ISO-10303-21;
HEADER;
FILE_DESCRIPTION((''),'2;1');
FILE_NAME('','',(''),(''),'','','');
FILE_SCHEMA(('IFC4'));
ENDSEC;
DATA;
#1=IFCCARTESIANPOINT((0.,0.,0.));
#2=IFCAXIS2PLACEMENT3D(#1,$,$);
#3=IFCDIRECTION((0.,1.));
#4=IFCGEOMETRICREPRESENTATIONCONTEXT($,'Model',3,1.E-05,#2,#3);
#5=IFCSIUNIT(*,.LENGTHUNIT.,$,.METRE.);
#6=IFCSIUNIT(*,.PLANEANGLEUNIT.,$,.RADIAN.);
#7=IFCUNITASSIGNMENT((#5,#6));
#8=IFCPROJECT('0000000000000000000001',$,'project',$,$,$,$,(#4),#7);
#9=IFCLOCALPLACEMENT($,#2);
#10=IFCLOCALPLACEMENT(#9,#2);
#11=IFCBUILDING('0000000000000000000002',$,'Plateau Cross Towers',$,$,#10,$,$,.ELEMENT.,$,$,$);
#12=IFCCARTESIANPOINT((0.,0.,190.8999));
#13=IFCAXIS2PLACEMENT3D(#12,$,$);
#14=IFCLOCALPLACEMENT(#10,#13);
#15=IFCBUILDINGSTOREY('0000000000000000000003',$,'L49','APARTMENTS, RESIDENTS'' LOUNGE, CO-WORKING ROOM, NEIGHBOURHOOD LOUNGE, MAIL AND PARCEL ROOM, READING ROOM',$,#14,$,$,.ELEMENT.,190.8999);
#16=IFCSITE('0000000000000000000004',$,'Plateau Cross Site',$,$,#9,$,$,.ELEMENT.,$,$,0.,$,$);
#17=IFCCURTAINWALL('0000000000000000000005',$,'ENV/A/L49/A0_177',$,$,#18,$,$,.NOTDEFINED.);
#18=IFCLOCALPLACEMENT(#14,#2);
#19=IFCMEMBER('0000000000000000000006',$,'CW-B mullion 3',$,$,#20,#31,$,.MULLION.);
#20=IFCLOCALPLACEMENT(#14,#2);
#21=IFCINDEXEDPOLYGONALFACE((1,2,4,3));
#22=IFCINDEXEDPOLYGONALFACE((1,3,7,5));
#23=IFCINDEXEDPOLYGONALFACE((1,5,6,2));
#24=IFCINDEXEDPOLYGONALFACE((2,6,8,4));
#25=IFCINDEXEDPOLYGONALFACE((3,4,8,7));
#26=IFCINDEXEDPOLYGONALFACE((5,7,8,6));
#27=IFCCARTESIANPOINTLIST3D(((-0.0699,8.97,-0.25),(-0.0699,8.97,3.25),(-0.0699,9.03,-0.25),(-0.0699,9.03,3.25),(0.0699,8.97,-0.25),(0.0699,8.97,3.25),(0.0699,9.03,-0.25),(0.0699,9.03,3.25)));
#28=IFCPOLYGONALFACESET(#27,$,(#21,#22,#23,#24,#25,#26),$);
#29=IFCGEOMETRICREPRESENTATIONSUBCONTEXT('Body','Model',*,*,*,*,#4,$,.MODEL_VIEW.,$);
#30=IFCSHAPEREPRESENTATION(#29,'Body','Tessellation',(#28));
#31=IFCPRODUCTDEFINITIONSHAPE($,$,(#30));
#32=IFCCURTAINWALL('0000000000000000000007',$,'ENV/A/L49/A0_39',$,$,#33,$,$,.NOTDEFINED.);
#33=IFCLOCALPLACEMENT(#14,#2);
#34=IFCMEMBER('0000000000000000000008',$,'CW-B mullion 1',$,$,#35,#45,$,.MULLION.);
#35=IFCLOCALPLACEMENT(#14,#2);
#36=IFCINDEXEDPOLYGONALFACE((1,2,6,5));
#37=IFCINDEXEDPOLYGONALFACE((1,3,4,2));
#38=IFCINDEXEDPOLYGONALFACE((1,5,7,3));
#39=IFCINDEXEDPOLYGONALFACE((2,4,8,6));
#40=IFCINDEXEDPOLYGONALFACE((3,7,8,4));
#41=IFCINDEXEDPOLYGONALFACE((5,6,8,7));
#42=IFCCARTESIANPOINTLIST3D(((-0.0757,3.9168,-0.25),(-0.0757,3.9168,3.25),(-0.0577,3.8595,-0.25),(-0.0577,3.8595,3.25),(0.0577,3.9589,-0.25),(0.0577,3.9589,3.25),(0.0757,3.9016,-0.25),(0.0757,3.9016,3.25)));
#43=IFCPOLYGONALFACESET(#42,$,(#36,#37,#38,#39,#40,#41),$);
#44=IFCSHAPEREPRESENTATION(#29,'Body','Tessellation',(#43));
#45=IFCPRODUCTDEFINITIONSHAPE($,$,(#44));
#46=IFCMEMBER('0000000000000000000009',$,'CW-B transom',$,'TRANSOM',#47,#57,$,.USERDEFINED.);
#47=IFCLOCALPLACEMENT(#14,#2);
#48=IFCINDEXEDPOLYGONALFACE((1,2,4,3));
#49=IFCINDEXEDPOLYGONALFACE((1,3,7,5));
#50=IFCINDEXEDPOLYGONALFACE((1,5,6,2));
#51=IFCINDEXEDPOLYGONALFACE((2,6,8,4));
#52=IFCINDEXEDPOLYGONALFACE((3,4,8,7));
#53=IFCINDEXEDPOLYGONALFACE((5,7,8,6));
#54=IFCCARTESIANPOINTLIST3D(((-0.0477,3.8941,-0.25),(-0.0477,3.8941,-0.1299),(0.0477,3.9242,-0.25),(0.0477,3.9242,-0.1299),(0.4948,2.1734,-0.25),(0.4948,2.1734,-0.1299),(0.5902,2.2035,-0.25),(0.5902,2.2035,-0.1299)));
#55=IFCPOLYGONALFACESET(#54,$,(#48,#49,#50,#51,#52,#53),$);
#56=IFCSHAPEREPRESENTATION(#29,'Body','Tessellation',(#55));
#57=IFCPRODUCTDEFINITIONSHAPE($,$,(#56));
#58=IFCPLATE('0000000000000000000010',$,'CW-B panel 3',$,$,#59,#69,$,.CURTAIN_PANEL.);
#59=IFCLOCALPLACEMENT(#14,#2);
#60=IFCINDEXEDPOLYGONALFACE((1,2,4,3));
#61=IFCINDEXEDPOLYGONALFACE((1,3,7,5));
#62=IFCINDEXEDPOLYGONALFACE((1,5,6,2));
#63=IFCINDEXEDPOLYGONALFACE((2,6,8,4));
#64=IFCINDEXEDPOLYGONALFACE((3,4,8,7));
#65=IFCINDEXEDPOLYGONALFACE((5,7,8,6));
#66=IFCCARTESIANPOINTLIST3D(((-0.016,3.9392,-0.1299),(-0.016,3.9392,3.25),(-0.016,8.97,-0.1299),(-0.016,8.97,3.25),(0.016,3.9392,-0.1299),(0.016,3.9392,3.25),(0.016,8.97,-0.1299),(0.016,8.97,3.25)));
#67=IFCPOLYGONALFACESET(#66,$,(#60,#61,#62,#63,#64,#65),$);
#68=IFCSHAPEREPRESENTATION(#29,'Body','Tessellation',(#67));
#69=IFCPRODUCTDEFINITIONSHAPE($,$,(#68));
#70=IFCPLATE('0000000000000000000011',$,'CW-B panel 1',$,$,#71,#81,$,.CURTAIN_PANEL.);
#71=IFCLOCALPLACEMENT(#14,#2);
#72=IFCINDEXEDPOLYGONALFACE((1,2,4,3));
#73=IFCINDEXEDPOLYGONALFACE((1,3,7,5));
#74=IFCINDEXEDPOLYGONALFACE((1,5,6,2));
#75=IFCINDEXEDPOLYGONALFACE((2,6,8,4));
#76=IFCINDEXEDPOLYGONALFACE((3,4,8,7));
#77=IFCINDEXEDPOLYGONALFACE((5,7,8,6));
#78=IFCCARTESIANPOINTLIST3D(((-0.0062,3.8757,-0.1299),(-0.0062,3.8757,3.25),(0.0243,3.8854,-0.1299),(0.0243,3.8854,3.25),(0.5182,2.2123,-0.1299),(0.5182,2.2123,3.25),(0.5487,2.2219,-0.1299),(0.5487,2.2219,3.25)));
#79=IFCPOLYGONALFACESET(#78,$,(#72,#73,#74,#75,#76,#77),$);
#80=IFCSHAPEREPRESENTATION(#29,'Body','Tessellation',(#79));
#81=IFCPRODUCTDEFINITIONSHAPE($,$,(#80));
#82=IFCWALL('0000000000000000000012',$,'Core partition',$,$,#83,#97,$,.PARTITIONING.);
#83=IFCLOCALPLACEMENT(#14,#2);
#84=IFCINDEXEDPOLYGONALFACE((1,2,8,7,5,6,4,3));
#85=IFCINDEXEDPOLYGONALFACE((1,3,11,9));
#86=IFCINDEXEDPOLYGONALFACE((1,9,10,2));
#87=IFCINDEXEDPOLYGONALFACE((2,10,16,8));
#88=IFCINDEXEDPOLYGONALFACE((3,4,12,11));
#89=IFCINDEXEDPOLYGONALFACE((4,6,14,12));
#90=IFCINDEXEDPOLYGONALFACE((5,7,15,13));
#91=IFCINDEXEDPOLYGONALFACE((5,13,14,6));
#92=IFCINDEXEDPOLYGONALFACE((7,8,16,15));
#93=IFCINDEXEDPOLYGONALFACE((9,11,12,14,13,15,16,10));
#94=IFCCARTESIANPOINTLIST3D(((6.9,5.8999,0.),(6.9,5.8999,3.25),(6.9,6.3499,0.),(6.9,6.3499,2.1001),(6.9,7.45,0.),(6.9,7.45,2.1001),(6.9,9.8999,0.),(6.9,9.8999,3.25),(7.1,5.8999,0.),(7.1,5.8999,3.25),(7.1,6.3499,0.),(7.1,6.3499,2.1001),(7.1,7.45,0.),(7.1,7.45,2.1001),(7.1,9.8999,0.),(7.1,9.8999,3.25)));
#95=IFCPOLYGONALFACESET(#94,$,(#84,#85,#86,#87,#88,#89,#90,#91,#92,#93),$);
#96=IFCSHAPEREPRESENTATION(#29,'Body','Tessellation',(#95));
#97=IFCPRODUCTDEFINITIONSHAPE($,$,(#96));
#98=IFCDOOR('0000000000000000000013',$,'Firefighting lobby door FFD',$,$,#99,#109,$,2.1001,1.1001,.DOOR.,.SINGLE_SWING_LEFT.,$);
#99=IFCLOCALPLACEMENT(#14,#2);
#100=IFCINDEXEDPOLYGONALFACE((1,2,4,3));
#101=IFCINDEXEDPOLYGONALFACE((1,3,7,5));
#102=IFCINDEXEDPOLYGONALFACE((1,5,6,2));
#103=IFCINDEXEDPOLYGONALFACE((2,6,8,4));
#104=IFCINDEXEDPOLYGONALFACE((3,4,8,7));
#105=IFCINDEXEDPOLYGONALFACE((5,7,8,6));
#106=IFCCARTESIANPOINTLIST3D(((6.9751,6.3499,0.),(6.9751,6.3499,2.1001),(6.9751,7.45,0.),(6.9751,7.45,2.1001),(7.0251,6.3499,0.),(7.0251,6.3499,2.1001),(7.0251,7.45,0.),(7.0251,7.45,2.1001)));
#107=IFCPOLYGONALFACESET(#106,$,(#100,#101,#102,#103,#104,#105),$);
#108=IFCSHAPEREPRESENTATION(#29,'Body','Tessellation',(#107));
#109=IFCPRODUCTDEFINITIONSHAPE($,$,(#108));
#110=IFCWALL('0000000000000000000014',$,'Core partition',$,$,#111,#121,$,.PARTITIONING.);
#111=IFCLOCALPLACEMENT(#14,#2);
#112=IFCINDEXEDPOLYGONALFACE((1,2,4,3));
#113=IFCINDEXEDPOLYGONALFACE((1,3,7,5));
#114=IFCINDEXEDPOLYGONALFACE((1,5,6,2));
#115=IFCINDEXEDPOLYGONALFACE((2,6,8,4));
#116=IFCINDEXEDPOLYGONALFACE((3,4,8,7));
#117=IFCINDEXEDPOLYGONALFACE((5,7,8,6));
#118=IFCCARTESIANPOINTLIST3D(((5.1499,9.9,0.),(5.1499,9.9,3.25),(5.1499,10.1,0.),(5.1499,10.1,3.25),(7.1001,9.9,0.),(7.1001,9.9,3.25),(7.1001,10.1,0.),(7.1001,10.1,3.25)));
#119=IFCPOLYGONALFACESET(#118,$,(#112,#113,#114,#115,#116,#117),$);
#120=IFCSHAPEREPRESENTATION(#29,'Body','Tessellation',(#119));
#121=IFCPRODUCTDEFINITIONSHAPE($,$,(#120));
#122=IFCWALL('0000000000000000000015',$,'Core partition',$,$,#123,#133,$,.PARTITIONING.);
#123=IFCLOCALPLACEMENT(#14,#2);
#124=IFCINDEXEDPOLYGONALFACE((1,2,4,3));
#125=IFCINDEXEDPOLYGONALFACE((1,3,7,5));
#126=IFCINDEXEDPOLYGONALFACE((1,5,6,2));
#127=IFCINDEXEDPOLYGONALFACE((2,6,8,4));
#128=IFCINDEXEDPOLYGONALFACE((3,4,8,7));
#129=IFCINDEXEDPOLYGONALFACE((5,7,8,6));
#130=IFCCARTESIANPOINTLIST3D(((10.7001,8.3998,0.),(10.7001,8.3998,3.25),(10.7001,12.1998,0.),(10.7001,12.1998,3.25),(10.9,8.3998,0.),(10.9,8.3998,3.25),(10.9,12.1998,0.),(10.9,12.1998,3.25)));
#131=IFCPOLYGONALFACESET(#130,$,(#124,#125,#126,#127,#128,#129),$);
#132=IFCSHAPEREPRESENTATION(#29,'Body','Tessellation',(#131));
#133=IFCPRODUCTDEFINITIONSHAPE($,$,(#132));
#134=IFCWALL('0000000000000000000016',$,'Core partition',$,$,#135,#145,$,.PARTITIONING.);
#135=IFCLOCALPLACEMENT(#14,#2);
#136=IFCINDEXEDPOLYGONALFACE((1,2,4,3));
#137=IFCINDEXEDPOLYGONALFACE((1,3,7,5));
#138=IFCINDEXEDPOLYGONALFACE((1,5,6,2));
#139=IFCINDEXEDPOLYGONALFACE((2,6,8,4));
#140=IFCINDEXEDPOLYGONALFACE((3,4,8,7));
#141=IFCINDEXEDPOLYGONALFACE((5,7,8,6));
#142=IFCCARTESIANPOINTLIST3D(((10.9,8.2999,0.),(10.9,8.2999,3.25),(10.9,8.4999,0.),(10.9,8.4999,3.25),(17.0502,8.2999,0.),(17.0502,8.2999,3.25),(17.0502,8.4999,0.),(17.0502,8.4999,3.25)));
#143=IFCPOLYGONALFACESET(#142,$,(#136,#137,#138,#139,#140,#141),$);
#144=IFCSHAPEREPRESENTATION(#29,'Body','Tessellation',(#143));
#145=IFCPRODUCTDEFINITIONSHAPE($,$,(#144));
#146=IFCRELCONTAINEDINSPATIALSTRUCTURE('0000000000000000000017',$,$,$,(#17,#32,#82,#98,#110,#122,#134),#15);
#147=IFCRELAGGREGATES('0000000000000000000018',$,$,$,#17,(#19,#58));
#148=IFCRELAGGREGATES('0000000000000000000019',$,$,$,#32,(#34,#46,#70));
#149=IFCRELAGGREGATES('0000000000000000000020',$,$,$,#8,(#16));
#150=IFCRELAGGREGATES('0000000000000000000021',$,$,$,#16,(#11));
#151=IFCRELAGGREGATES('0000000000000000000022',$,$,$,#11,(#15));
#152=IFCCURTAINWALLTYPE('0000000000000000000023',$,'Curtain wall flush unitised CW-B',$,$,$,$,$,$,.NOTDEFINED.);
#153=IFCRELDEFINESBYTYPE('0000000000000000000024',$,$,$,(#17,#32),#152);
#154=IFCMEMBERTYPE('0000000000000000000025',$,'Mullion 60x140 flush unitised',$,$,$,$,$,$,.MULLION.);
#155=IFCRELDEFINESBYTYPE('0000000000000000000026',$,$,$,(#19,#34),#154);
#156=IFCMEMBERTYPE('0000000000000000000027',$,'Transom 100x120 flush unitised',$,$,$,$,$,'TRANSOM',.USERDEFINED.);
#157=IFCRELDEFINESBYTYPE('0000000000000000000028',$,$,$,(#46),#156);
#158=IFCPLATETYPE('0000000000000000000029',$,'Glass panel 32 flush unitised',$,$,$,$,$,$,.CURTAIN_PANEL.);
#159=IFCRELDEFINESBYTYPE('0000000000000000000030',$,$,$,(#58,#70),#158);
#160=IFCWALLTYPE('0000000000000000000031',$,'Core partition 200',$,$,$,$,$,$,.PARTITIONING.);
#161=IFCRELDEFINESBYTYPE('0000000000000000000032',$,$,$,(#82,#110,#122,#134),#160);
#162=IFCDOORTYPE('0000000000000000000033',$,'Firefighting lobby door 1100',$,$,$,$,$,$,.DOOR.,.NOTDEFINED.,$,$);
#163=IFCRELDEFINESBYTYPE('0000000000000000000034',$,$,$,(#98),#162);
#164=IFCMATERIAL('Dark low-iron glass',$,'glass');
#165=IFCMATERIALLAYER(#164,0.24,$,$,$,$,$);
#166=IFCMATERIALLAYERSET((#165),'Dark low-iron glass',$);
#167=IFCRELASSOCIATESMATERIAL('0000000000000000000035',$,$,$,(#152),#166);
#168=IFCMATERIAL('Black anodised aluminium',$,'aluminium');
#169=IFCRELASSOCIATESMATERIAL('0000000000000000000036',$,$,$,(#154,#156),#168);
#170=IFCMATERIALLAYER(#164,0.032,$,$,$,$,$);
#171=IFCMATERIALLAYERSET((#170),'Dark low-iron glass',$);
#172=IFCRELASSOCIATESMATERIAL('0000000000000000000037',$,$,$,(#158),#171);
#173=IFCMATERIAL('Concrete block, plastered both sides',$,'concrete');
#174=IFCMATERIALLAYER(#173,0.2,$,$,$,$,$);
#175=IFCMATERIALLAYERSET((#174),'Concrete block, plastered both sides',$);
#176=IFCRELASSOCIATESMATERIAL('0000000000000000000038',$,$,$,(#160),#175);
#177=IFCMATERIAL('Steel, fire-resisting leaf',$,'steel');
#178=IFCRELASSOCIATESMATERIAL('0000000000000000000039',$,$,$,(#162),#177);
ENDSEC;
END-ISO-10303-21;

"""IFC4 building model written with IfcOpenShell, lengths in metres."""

from ifc_helpers import new_model, si_unit, direction, frame, frame_2d, origin, origin_2d, place, context, subcontext, project, spatial, rectangle, extrude, material, layer, layer_set, material_profile, profile_set, type_object, element, fill, aggregate, save


model = new_model("IFC4")

# Units and contexts
model_context = context("Model", 3, precision=1e-05, world=origin(), true_north=direction((0.0, 1.0)))
body_context = subcontext(model_context, "Body", "Model", "MODEL_VIEW")
ifc_project = project(units=[si_unit("LENGTHUNIT", "METRE"), si_unit("PLANEANGLEUNIT", "RADIAN")], contexts=[model_context])

# Site, building, storey
site_placement = place(None, origin())
site = spatial("IfcSite", under=ifc_project, at=site_placement, Name="Plateau Cross Site", CompositionType="ELEMENT", RefElevation=0.0)
building_placement = place(site_placement, origin())
building = spatial("IfcBuilding", under=site, at=building_placement, Name="Plateau Cross Towers", CompositionType="ELEMENT")
storey_placement = place(building_placement, frame((0.0, 0.0, 190.8999)))
storey = spatial("IfcBuildingStorey", under=building, at=storey_placement, Name="L49", Description="APARTMENTS, RESIDENTS' LOUNGE, CO-WORKING ROOM, NEIGHBOURHOOD LOUNGE, MAIL AND PARCEL ROOM, READING ROOM", CompositionType="ELEMENT", Elevation=190.8999)

# Curtain wall, member
ifc_material_1 = material(Name="Dark low-iron glass", Category="glass")
ifc_layer_1 = layer(ifc_material_1, 0.24)
ifc_layer_set_1 = layer_set([ifc_layer_1], Name="Dark low-iron glass")
curtain_wall_type = type_object("IfcCurtainWallType", Name="Curtain wall flush unitised CW-B", PredefinedType="NOTDEFINED", material=ifc_layer_set_1)
curtain_wall_1_placement = place(storey_placement, origin())
curtain_wall_1 = element("IfcCurtainWall", 1, at=curtain_wall_1_placement, inside=storey, type_object=curtain_wall_type, Name="ENV/A/L49/A0_177", PredefinedType="NOTDEFINED")
ifc_material_2 = material(Name="Black anodised aluminium", Category="aluminium")
ifc_material_profile_1 = material_profile(ifc_material_2, rectangle(XDim=0.0601, YDim=0.1399, at=origin_2d()), Name="MULLION 60x140")
ifc_profile_set_1 = profile_set([ifc_material_profile_1], Name="Black anodised aluminium")
member_type_1 = type_object("IfcMemberType", Name="Mullion 60x140 flush unitised", PredefinedType="MULLION", material=ifc_profile_set_1)
member_1_placement = place(storey_placement, frame((0.0, 9.0, -0.25), z_axis=(0.0, 0.0, 1.0), x_axis=(0.0, -1.0, 0.0)))
member_1 = element("IfcMember", 2, at=member_1_placement, type_object=member_type_1, Name="CW-B mullion 3", PredefinedType="MULLION", context=body_context, shape_type="SweptSolid", body=[
    extrude(rectangle(XDim=0.0601, YDim=0.1399, at=origin_2d()), origin(), (0.0, 0.0, 1.0), 3.5),
])

# Curtain wall, members
curtain_wall_2_placement = place(storey_placement, origin())
curtain_wall_2 = element("IfcCurtainWall", 3, at=curtain_wall_2_placement, inside=storey, type_object=curtain_wall_type, Name="ENV/A/L49/A0_39", PredefinedType="NOTDEFINED")
member_2_placement = place(storey_placement, frame((0.0, 3.9092, -0.25), z_axis=(0.0, 0.0, 1.0), x_axis=(0.300686, -0.953723, 0.0)))
member_2 = element("IfcMember", 4, at=member_2_placement, type_object=member_type_1, Name="CW-B mullion 1", PredefinedType="MULLION", context=body_context, shape_type="SweptSolid", body=[
    extrude(rectangle(XDim=0.0601, YDim=0.1399, at=origin_2d()), origin(), (0.0, 0.0, 1.0), 3.5),
])
ifc_material_profile_2 = material_profile(ifc_material_2, rectangle(XDim=0.1001, YDim=0.1201, at=origin_2d()), Name="TRANSOM 100x120")
ifc_profile_set_2 = profile_set([ifc_material_profile_2], Name="Black anodised aluminium")
member_type_2 = type_object("IfcMemberType", Name="Transom 100x120 flush unitised", ElementType="TRANSOM", PredefinedType="USERDEFINED", material=ifc_profile_set_2)
member_3_placement = place(storey_placement, frame((0.0, 3.9092, -0.1899), z_axis=(0.300678, -0.953726, 0.0), x_axis=(0.953726, 0.300678, 0.0)))
member_3 = element("IfcMember", 5, at=member_3_placement, type_object=member_type_2, Name="CW-B transom", ObjectType="TRANSOM", PredefinedType="USERDEFINED", context=body_context, shape_type="SweptSolid", body=[
    extrude(rectangle(XDim=0.1001, YDim=0.1201, at=origin_2d()), origin(), (0.0, 0.0, 1.0), 1.8042),
])

# Plates
ifc_layer_2 = layer(ifc_material_1, 0.032)
ifc_layer_set_2 = layer_set([ifc_layer_2], Name="Dark low-iron glass")
plate_type = type_object("IfcPlateType", Name="Glass panel 32 flush unitised", PredefinedType="CURTAIN_PANEL", material=ifc_layer_set_2)
plate_1_placement = place(storey_placement, frame((0.0, 6.4546, -0.1299), z_axis=(0.0, 0.0, 1.0), x_axis=(0.0, -1.0, 0.0)))
plate_1 = element("IfcPlate", 6, at=plate_1_placement, type_object=plate_type, Name="CW-B panel 3", PredefinedType="CURTAIN_PANEL", context=body_context, shape_type="SweptSolid", body=[
    extrude(rectangle(XDim=5.0308, YDim=0.032, at=origin_2d()), origin(), (0.0, 0.0, 1.0), 3.3799),
])
aggregate(curtain_wall_1, [member_1, plate_1])
plate_2_placement = place(storey_placement, frame((0.2712, 3.0488, -0.1299), z_axis=(0.0, 0.0, 1.0), x_axis=(0.300686, -0.953723, 0.0)))
plate_2 = element("IfcPlate", 7, at=plate_2_placement, type_object=plate_type, Name="CW-B panel 1", PredefinedType="CURTAIN_PANEL", context=body_context, shape_type="SweptSolid", body=[
    extrude(rectangle(XDim=1.7441, YDim=0.032, at=origin_2d()), origin(), (0.0, 0.0, 1.0), 3.3799),
])
aggregate(curtain_wall_2, [member_2, member_3, plate_2])

# Wall, opening, door
ifc_material_3 = material(Name="Concrete block, plastered both sides", Category="concrete")
ifc_layer_3 = layer(ifc_material_3, 0.2)
ifc_layer_set_3 = layer_set([ifc_layer_3], Name="Concrete block, plastered both sides")
wall_type_1 = type_object("IfcWallType", Name="Core partition 200", PredefinedType="PARTITIONING", material=ifc_layer_set_3)
wall_1_placement = place(storey_placement, frame((7.0, 5.8999, 0.0), z_axis=(0.0, 0.0, 1.0), x_axis=(0.0, 1.0, 0.0)))
wall_1 = element("IfcWall", 8, at=wall_1_placement, inside=storey, type_object=wall_type_1, Name="Core partition", PredefinedType="PARTITIONING", context=body_context, shape_type="SweptSolid", body=[
    extrude(rectangle(XDim=4.0, YDim=0.2, at=frame_2d((2.0, 0.0))), origin(), (0.0, 0.0, 1.0), 3.25),
])
opening_1_placement = place(wall_1_placement, frame((0.45, 0.0, 0.0)))
opening_1 = element("IfcOpeningElement", 9, at=opening_1_placement, cuts=wall_1, PredefinedType="OPENING", context=body_context, shape_type="SweptSolid", body=[
    extrude(rectangle(XDim=1.1001, YDim=2.1001, at=frame_2d((0.55, 1.05))), frame((0.0, 0.1099, 0.0), z_axis=(0.0, -1.0, 0.0), x_axis=(1.0, 0.0, 0.0)), (0.0, 0.0, 1.0), 0.22),
])
ifc_material_4 = material(Name="Steel, fire-resisting leaf", Category="steel")
door_type_1 = type_object("IfcDoorType", Name="Firefighting lobby door 1100", OperationType="NOTDEFINED", PredefinedType="DOOR", material=ifc_material_4)
door_1_placement = place(opening_1_placement, origin())
door_1 = element("IfcDoor", 10, at=door_1_placement, inside=storey, type_object=door_type_1, Name="Firefighting lobby door FFD", OperationType="SINGLE_SWING_LEFT", OverallHeight=2.1001, OverallWidth=1.1001, PredefinedType="DOOR", context=body_context, shape_type="SweptSolid", body=[
    extrude(rectangle(XDim=1.1001, YDim=2.1001, at=frame_2d((0.55, 1.05))), frame((0.0, 0.0249, 0.0), z_axis=(0.0, -1.0, 0.0), x_axis=(1.0, 0.0, 0.0)), (0.0, 0.0, 1.0), 0.05),
])
fill(opening_1, door_1)

# Walls
wall_2_placement = place(storey_placement, frame((5.1499, 10.0, 0.0), z_axis=(0.0, 0.0, 1.0), x_axis=(1.0, 0.0, 0.0)))
element("IfcWall", 11, at=wall_2_placement, inside=storey, type_object=wall_type_1, Name="Core partition", PredefinedType="PARTITIONING", context=body_context, shape_type="SweptSolid", body=[
    extrude(rectangle(XDim=1.9502, YDim=0.2, at=frame_2d((0.9751, 0.0))), origin(), (0.0, 0.0, 1.0), 3.25),
])
wall_3_placement = place(storey_placement, frame((10.8, 8.3999, 0.0), z_axis=(0.0, 0.0, 1.0), x_axis=(0.0, 1.0, 0.0)))
element("IfcWall", 12, at=wall_3_placement, inside=storey, type_object=wall_type_1, Name="Core partition", PredefinedType="PARTITIONING", context=body_context, shape_type="SweptSolid", body=[
    extrude(rectangle(XDim=3.8, YDim=0.2, at=frame_2d((1.8999, 0.0))), origin(), (0.0, 0.0, 1.0), 3.25),
])
wall_4_placement = place(storey_placement, frame((10.8999, 8.3999, 0.0), z_axis=(0.0, 0.0, 1.0), x_axis=(1.0, 0.0, 0.0)))
element("IfcWall", 13, at=wall_4_placement, inside=storey, type_object=wall_type_1, Name="Core partition", PredefinedType="PARTITIONING", context=body_context, shape_type="SweptSolid", body=[
    extrude(rectangle(XDim=6.1501, YDim=0.2, at=frame_2d((3.0752, 0.0))), origin(), (0.0, 0.0, 1.0), 3.25),
])

save(model, "model.ifc")
